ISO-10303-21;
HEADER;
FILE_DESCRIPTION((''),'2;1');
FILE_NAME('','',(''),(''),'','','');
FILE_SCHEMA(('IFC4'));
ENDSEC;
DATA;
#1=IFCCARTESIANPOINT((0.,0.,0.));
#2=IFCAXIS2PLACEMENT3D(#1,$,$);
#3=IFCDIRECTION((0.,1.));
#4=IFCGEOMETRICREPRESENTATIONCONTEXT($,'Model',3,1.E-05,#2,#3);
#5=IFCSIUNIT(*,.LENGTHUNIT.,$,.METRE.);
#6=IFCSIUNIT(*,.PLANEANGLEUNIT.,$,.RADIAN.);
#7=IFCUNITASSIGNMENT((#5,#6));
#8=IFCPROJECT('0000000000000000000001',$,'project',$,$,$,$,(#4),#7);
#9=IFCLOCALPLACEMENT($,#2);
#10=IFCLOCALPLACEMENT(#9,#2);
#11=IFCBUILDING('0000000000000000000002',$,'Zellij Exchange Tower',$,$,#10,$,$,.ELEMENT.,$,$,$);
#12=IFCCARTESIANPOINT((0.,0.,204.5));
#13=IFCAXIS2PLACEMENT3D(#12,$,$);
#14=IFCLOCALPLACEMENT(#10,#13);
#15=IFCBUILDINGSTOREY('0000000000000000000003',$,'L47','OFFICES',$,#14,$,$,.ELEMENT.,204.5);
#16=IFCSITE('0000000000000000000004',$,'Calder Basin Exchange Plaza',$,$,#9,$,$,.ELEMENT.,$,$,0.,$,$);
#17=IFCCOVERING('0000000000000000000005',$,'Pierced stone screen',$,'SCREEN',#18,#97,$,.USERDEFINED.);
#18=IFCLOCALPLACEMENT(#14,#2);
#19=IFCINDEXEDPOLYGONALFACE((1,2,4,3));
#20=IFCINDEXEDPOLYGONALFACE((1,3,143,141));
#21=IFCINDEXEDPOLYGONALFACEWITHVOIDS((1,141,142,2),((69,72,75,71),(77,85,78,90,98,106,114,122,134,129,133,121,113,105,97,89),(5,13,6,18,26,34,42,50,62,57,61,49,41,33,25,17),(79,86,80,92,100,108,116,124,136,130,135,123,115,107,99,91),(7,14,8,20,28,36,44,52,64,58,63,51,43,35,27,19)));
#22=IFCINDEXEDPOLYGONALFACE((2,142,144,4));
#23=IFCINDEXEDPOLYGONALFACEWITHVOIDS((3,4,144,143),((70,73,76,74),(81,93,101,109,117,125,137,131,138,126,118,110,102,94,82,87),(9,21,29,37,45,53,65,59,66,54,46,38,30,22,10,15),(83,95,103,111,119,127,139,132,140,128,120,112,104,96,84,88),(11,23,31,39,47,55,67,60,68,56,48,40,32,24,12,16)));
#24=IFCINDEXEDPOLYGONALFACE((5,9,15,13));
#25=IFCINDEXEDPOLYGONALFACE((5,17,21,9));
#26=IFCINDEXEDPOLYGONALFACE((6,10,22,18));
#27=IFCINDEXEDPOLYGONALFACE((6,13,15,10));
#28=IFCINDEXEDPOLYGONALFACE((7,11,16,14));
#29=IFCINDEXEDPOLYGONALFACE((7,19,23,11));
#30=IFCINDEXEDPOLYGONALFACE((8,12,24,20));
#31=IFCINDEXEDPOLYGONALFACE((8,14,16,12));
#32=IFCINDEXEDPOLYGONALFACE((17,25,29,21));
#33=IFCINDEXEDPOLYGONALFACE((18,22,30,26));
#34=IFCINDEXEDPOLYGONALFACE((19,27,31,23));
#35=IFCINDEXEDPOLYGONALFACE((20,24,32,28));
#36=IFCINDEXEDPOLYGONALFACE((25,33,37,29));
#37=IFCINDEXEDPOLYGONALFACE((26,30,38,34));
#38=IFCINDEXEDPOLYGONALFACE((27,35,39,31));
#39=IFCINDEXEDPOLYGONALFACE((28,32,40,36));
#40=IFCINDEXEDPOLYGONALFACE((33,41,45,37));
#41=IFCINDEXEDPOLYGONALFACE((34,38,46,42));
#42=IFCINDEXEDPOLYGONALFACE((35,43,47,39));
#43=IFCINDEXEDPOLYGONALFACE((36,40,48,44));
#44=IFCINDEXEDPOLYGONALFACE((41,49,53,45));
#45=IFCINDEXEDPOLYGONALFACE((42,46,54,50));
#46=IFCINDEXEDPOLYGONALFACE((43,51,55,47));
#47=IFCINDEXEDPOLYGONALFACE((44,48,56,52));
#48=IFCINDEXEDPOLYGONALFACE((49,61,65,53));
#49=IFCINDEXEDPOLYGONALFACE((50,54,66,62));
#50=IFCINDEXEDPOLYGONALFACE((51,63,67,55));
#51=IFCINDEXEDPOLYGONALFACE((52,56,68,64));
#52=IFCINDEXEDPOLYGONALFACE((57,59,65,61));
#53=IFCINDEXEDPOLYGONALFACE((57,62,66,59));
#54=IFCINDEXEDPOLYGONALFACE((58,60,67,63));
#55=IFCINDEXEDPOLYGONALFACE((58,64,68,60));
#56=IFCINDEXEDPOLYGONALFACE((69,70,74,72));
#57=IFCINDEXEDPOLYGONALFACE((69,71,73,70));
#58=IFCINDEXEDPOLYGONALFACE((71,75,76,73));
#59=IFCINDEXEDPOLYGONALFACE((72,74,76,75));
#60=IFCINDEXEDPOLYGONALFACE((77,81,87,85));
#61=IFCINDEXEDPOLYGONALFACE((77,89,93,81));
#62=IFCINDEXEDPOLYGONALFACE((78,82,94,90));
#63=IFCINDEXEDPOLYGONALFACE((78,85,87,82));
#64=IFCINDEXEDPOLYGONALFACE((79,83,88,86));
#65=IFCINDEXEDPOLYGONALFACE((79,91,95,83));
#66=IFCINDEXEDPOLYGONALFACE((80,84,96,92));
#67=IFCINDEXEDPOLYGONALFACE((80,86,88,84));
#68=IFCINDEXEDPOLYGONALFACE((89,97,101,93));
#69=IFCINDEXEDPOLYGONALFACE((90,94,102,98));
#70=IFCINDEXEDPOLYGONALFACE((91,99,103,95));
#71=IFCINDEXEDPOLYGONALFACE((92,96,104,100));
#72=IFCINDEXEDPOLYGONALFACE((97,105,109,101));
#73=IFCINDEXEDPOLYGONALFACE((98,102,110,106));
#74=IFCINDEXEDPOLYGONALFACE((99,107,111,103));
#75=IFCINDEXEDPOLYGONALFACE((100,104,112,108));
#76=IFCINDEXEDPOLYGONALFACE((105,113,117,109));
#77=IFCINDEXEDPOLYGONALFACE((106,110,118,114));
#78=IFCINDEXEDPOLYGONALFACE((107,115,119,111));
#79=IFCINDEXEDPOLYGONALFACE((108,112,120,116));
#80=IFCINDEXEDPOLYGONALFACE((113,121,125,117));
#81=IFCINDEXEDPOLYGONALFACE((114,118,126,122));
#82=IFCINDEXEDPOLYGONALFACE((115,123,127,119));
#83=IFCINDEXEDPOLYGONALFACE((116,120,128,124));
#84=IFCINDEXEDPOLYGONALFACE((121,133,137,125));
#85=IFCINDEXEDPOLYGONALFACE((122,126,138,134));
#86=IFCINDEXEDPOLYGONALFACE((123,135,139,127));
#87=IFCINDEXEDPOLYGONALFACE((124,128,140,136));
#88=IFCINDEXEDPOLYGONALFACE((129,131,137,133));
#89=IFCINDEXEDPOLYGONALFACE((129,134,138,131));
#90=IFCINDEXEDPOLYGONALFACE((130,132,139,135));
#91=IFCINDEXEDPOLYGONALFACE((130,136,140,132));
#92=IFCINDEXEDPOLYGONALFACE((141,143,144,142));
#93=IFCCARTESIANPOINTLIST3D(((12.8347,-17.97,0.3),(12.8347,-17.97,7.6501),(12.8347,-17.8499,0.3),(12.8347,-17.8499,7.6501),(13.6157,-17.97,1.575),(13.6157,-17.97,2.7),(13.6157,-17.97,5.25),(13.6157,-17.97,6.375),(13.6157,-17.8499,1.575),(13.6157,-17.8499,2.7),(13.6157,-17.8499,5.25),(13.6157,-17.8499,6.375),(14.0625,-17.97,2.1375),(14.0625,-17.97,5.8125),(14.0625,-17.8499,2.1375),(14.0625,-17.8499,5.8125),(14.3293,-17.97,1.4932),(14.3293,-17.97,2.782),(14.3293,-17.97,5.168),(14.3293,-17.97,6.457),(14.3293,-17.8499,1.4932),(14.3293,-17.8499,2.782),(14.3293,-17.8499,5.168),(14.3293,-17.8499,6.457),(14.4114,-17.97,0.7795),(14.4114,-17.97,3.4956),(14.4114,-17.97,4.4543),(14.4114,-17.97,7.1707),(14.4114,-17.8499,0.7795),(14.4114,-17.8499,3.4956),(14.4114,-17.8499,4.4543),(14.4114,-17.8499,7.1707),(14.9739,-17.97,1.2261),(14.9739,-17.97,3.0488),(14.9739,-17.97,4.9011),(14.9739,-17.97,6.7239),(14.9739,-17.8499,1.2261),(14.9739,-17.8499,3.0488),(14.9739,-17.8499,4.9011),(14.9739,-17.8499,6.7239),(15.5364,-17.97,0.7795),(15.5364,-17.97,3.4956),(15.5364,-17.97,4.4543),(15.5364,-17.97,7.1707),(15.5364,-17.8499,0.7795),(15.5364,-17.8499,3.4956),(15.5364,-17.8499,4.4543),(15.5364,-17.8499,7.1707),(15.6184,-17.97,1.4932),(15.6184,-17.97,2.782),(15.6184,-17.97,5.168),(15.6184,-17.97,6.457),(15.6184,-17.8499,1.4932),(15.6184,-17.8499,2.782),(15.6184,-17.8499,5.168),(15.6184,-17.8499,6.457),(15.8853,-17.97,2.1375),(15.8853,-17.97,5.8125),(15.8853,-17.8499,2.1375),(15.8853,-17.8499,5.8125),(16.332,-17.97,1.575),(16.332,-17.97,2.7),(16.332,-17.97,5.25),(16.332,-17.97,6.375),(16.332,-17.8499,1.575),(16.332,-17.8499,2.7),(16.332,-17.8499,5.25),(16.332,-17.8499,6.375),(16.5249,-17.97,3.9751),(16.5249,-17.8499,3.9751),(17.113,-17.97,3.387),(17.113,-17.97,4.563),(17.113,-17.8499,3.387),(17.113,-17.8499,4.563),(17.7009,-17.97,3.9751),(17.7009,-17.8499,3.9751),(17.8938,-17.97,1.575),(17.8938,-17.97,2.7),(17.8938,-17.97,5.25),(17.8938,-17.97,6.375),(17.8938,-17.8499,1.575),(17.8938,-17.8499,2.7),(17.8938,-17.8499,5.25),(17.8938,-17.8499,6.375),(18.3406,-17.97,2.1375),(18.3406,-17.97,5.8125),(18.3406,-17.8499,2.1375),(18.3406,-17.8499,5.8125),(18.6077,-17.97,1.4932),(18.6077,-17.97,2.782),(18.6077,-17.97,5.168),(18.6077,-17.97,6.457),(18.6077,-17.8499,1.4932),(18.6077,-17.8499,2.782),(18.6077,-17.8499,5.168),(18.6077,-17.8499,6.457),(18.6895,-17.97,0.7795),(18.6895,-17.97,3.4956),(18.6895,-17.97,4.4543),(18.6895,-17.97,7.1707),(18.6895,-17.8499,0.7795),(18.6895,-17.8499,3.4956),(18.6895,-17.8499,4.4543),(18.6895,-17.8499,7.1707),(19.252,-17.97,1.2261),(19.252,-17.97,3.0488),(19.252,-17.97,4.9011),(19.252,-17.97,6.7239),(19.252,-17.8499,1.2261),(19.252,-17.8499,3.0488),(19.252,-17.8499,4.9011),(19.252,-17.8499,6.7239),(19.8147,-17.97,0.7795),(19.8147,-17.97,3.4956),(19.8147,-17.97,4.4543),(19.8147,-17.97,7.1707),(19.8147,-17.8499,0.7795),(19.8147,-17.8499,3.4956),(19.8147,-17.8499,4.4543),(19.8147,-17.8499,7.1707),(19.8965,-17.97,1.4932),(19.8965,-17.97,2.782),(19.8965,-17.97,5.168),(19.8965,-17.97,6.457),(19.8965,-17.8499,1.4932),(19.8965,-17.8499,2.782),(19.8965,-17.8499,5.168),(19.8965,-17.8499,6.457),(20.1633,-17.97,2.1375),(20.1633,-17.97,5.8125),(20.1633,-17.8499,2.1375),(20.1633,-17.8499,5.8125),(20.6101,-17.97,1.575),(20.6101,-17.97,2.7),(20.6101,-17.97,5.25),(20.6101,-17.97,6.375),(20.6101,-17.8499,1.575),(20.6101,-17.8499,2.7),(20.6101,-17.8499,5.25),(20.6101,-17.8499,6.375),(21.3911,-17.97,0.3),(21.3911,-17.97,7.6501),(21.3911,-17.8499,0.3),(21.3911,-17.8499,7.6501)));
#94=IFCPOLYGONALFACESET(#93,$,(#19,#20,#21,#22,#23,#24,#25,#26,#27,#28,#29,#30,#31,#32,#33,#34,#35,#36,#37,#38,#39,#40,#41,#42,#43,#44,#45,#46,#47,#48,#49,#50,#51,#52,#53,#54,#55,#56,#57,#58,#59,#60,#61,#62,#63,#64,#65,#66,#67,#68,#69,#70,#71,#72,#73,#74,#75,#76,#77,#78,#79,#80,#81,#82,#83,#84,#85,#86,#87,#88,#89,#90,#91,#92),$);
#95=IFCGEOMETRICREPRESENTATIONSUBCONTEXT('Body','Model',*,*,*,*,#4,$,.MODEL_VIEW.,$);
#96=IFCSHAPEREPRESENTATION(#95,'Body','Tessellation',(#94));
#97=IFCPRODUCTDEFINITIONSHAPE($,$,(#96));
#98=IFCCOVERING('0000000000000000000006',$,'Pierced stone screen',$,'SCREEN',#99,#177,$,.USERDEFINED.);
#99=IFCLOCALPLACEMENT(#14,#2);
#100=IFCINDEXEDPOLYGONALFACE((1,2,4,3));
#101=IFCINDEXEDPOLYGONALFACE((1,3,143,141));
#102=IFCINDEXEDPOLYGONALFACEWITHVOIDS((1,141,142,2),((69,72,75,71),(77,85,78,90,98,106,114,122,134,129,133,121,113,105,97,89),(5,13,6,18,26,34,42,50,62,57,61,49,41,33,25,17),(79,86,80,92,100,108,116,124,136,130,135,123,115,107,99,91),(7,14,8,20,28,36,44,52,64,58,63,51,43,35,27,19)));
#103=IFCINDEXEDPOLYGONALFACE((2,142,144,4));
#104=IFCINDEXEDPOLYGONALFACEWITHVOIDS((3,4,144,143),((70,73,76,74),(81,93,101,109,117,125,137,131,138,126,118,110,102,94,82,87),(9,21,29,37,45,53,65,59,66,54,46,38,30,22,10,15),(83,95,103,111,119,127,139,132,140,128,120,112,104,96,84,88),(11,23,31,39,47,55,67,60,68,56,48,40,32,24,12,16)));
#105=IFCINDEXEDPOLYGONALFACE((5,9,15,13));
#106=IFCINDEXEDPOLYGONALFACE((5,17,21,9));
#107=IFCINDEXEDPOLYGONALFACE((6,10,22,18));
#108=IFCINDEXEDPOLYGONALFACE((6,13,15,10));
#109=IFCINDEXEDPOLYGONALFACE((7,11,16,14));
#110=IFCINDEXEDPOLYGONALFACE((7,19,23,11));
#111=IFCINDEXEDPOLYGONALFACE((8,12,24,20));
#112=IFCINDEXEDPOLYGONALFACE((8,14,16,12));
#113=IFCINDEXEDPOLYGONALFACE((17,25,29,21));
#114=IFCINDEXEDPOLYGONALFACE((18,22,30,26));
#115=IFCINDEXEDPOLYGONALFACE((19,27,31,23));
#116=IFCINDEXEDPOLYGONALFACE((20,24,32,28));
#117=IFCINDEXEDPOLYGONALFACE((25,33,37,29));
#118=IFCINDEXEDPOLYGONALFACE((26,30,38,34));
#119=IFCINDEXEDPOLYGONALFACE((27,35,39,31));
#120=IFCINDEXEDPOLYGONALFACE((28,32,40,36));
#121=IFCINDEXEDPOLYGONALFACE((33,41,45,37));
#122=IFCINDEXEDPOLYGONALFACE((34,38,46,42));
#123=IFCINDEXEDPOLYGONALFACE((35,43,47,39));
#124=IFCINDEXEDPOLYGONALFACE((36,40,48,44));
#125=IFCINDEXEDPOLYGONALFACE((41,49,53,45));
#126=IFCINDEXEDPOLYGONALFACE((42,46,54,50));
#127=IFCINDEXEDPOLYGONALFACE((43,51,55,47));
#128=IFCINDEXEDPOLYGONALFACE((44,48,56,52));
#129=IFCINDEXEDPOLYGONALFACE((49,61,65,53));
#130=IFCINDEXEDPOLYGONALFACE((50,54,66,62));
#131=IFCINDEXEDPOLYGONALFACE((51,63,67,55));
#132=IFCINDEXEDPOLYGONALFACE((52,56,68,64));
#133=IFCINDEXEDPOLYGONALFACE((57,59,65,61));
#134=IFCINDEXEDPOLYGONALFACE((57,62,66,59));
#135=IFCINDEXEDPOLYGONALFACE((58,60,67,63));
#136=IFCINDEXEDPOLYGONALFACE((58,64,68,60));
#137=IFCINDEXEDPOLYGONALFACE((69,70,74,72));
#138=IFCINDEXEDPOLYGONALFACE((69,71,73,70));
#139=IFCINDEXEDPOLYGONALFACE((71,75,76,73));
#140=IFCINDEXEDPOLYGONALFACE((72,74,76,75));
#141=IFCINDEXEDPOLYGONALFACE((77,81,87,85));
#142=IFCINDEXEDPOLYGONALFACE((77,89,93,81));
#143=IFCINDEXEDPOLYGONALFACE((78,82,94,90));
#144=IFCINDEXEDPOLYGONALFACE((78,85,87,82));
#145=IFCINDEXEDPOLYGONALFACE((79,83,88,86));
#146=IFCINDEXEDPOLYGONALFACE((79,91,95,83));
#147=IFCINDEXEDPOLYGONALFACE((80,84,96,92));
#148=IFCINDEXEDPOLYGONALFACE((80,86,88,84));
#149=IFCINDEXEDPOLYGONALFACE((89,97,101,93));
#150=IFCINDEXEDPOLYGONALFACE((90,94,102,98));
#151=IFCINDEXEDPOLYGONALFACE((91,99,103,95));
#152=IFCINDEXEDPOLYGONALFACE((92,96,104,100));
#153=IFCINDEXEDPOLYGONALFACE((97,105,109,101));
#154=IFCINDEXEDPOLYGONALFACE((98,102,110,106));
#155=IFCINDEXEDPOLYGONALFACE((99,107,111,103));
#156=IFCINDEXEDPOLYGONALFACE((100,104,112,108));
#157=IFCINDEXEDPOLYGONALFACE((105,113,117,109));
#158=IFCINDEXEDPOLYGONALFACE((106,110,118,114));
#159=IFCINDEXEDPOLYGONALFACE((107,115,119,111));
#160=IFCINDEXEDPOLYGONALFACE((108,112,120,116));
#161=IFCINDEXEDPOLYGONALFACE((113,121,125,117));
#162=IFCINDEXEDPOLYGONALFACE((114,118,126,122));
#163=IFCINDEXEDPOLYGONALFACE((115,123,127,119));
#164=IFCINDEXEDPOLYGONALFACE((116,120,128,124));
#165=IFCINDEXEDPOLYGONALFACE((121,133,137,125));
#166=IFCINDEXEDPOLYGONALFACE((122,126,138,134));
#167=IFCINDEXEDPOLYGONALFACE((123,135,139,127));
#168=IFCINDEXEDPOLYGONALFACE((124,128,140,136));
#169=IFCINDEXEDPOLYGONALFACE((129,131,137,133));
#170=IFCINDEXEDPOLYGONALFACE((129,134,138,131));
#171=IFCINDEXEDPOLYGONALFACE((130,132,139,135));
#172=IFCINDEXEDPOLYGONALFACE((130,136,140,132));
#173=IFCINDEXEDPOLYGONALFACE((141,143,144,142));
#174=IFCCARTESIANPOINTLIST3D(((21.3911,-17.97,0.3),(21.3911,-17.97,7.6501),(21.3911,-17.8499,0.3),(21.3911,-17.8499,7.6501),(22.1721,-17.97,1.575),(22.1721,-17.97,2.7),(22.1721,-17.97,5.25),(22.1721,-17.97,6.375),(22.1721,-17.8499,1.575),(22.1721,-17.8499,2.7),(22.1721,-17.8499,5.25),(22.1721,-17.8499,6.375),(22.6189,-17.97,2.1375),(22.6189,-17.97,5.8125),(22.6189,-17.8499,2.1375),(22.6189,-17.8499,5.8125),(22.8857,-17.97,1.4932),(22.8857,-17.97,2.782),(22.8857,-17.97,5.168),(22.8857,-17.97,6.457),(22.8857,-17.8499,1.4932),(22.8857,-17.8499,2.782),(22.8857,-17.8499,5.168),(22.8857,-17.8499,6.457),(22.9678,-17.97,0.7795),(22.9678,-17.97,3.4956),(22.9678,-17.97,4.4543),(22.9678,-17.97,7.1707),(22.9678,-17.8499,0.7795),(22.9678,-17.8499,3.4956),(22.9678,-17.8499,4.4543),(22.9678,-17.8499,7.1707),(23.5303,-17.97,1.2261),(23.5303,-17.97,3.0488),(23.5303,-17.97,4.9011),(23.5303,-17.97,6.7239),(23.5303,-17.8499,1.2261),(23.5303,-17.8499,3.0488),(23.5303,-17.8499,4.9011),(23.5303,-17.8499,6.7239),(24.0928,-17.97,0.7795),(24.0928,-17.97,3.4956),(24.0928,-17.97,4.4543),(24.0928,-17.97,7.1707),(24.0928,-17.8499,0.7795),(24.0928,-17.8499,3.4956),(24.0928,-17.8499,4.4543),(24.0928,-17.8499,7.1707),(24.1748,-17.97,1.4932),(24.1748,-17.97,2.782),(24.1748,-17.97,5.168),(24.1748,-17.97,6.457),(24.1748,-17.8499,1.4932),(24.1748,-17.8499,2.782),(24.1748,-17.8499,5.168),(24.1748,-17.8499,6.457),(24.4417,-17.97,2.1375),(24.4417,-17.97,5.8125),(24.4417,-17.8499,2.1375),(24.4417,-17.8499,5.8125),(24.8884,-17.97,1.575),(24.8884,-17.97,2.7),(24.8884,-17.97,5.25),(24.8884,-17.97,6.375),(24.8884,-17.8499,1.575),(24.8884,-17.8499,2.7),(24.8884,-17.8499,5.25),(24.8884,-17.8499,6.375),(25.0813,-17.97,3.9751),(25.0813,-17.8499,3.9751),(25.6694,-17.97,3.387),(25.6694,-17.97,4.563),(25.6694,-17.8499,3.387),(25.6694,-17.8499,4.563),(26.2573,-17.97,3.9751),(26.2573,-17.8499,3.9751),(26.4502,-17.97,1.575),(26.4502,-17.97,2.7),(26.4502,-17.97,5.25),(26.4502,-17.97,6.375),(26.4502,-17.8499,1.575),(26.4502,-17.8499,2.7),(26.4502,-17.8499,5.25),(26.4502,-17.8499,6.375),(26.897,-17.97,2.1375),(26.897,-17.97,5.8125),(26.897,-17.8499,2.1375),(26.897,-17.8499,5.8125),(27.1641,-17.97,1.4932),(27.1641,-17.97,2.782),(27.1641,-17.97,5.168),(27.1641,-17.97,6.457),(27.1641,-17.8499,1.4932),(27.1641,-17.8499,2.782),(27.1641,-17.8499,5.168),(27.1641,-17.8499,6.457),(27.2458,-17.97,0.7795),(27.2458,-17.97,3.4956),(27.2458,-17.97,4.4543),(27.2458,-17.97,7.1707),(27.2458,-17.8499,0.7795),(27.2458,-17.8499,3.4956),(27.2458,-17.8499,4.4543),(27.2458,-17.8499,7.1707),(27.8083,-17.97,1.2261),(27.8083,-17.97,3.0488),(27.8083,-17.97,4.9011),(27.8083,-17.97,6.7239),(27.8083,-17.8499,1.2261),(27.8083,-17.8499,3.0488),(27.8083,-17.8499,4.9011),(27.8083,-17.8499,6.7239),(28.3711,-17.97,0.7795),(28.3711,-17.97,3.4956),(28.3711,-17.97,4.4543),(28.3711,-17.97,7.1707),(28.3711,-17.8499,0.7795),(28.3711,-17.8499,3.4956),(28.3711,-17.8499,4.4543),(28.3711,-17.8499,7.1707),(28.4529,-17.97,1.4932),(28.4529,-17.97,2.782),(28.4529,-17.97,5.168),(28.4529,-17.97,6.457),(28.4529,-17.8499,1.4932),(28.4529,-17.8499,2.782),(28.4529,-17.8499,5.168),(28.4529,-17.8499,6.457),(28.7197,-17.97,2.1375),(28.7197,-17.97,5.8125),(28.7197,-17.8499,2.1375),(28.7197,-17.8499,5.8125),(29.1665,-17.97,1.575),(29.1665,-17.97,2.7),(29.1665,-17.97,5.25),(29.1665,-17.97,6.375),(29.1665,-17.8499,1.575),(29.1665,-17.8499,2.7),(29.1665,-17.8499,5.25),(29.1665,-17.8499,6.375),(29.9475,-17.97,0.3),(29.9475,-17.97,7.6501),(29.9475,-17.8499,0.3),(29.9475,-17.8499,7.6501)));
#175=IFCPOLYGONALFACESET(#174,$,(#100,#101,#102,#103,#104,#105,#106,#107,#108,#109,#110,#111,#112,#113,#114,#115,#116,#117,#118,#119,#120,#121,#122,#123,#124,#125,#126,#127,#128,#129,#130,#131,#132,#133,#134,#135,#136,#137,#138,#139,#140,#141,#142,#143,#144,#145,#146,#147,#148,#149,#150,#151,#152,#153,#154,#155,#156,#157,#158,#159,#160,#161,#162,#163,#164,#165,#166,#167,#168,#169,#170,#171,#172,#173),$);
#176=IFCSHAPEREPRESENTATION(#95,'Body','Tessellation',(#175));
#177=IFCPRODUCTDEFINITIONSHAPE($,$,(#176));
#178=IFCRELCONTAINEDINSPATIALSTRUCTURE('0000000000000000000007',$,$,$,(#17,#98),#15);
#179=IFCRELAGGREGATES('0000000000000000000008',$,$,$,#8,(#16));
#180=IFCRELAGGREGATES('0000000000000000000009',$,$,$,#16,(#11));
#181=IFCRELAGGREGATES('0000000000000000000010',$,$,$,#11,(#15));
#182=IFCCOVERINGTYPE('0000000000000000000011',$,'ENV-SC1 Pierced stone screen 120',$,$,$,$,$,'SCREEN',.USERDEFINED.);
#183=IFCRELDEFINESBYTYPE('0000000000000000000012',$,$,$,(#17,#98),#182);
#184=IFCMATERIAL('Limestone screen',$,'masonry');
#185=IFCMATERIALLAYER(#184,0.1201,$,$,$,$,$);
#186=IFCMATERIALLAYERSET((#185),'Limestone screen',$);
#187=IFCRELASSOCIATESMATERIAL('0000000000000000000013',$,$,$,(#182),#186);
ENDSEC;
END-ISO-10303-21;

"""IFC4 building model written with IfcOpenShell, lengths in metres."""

from ifc_helpers import new_model, si_unit, direction, frame, origin, place, context, subcontext, project, spatial, polyline, outline, extrude, material, layer, layer_set, type_object, element, save


model = new_model("IFC4")

# Units and contexts
model_context = context("Model", 3, precision=1e-05, world=origin(), true_north=direction((0.0, 1.0)))
body_context = subcontext(model_context, "Body", "Model", "MODEL_VIEW")
ifc_project = project(units=[si_unit("LENGTHUNIT", "METRE"), si_unit("PLANEANGLEUNIT", "RADIAN")], contexts=[model_context])

# Site, building, storey
site_placement = place(None, origin())
site = spatial("IfcSite", under=ifc_project, at=site_placement, Name="Calder Basin Exchange Plaza", CompositionType="ELEMENT", RefElevation=0.0)
building_placement = place(site_placement, origin())
building = spatial("IfcBuilding", under=site, at=building_placement, Name="Zellij Exchange Tower", CompositionType="ELEMENT")
storey_placement = place(building_placement, frame((0.0, 0.0, 204.5)))
storey = spatial("IfcBuildingStorey", under=building, at=storey_placement, Name="L47", Description="OFFICES", CompositionType="ELEMENT", Elevation=204.5)

# Coverings
ifc_material_1 = material(Name="Limestone screen", Category="masonry")
ifc_layer_1 = layer(ifc_material_1, 0.1201)
ifc_layer_set_1 = layer_set([ifc_layer_1], Name="Limestone screen")
covering_type = type_object("IfcCoveringType", Name="ENV-SC1 Pierced stone screen 120", ElementType="SCREEN", PredefinedType="USERDEFINED", material=ifc_layer_set_1)
covering_1_placement = place(storey_placement, frame((12.8347, -17.9099, 0.3), z_axis=(0.0, 0.0, 1.0), x_axis=(1.0, 0.0, 0.0)))
element("IfcCovering", 1, at=covering_1_placement, inside=storey, type_object=covering_type, Name="Pierced stone screen", ObjectType="SCREEN", PredefinedType="USERDEFINED", context=body_context, shape_type="SweptSolid", body=[
    extrude(outline(polyline([(0.0, 0.0), (8.5564, 0.0), (8.5564, 7.3501), (0.0, 7.3501), (0.0, 0.0)]), holes=[polyline([(3.4973, 2.3999), (2.7837, 2.4819), (2.7017, 3.1956), (2.1392, 2.7488), (1.5767, 3.1956), (1.4946, 2.4819), (0.781, 2.3999), (1.2278, 1.8374), (0.781, 1.2749), (1.4946, 1.1931), (1.5767, 0.4795), (2.1392, 0.926), (2.7017, 0.4795), (2.7837, 1.1931), (3.4973, 1.2749), (3.0505, 1.8374), (3.4973, 2.3999)]), polyline([(3.4973, 6.075), (2.7837, 6.157), (2.7017, 6.8706), (2.1392, 6.4238), (1.5767, 6.8706), (1.4946, 6.157), (0.781, 6.075), (1.2278, 5.5125), (0.781, 4.95), (1.4946, 4.8679), (1.5767, 4.1543), (2.1392, 4.6011), (2.7017, 4.1543), (2.7837, 4.8679), (3.4973, 4.95), (3.0505, 5.5125), (3.4973, 6.075)]), polyline([(7.7754, 2.3999), (7.0618, 2.4819), (6.98, 3.1956), (6.4172, 2.7488), (5.8547, 3.1956), (5.7729, 2.4819), (5.0591, 2.3999), (5.5059, 1.8374), (5.0591, 1.2749), (5.7729, 1.1931), (5.8547, 0.4795), (6.4172, 0.926), (6.98, 0.4795), (7.0618, 1.1931), (7.7754, 1.2749), (7.3286, 1.8374), (7.7754, 2.3999)]), polyline([(7.7754, 6.075), (7.0618, 6.157), (6.98, 6.8706), (6.4172, 6.4238), (5.8547, 6.8706), (5.7729, 6.157), (5.0591, 6.075), (5.5059, 5.5125), (5.0591, 4.95), (5.7729, 4.8679), (5.8547, 4.1543), (6.4172, 4.6011), (6.98, 4.1543), (7.0618, 4.8679), (7.7754, 4.95), (7.3286, 5.5125), (7.7754, 6.075)]), polyline([(4.8662, 3.675), (4.2783, 4.2629), (3.6902, 3.675), (4.2783, 3.0869), (4.8662, 3.675)])]), frame((0.0, 0.0601, 0.0), z_axis=(0.0, -1.0, 0.0), x_axis=(1.0, 0.0, 0.0)), (0.0, 0.0, 1.0), 0.1201),
])
covering_2_placement = place(storey_placement, frame((21.3911, -17.9099, 0.3), z_axis=(0.0, 0.0, 1.0), x_axis=(1.0, 0.0, 0.0)))
element("IfcCovering", 2, at=covering_2_placement, inside=storey, type_object=covering_type, Name="Pierced stone screen", ObjectType="SCREEN", PredefinedType="USERDEFINED", context=body_context, shape_type="SweptSolid", body=[
    extrude(outline(polyline([(0.0, 0.0), (8.5564, 0.0), (8.5564, 7.3501), (0.0, 7.3501), (0.0, 0.0)]), holes=[polyline([(3.4973, 2.3999), (2.7837, 2.4819), (2.7017, 3.1956), (2.1392, 2.7488), (1.5767, 3.1956), (1.4946, 2.4819), (0.781, 2.3999), (1.2278, 1.8374), (0.781, 1.2749), (1.4946, 1.1931), (1.5767, 0.4795), (2.1392, 0.926), (2.7017, 0.4795), (2.7837, 1.1931), (3.4973, 1.2749), (3.0505, 1.8374), (3.4973, 2.3999)]), polyline([(3.4973, 6.075), (2.7837, 6.157), (2.7017, 6.8706), (2.1392, 6.4238), (1.5767, 6.8706), (1.4946, 6.157), (0.781, 6.075), (1.2278, 5.5125), (0.781, 4.95), (1.4946, 4.8679), (1.5767, 4.1543), (2.1392, 4.6011), (2.7017, 4.1543), (2.7837, 4.8679), (3.4973, 4.95), (3.0505, 5.5125), (3.4973, 6.075)]), polyline([(7.7754, 2.3999), (7.0618, 2.4819), (6.98, 3.1956), (6.4172, 2.7488), (5.8547, 3.1956), (5.7729, 2.4819), (5.0591, 2.3999), (5.5059, 1.8374), (5.0591, 1.2749), (5.7729, 1.1931), (5.8547, 0.4795), (6.4172, 0.926), (6.98, 0.4795), (7.0618, 1.1931), (7.7754, 1.2749), (7.3286, 1.8374), (7.7754, 2.3999)]), polyline([(7.7754, 6.075), (7.0618, 6.157), (6.98, 6.8706), (6.4172, 6.4238), (5.8547, 6.8706), (5.7729, 6.157), (5.0591, 6.075), (5.5059, 5.5125), (5.0591, 4.95), (5.7729, 4.8679), (5.8547, 4.1543), (6.4172, 4.6011), (6.98, 4.1543), (7.0618, 4.8679), (7.7754, 4.95), (7.3286, 5.5125), (7.7754, 6.075)]), polyline([(4.8662, 3.675), (4.2783, 4.2629), (3.6902, 3.675), (4.2783, 3.0869), (4.8662, 3.675)])]), frame((0.0, 0.0601, 0.0), z_axis=(0.0, -1.0, 0.0), x_axis=(1.0, 0.0, 0.0)), (0.0, 0.0, 1.0), 0.1201),
])

save(model, "model.ifc")
